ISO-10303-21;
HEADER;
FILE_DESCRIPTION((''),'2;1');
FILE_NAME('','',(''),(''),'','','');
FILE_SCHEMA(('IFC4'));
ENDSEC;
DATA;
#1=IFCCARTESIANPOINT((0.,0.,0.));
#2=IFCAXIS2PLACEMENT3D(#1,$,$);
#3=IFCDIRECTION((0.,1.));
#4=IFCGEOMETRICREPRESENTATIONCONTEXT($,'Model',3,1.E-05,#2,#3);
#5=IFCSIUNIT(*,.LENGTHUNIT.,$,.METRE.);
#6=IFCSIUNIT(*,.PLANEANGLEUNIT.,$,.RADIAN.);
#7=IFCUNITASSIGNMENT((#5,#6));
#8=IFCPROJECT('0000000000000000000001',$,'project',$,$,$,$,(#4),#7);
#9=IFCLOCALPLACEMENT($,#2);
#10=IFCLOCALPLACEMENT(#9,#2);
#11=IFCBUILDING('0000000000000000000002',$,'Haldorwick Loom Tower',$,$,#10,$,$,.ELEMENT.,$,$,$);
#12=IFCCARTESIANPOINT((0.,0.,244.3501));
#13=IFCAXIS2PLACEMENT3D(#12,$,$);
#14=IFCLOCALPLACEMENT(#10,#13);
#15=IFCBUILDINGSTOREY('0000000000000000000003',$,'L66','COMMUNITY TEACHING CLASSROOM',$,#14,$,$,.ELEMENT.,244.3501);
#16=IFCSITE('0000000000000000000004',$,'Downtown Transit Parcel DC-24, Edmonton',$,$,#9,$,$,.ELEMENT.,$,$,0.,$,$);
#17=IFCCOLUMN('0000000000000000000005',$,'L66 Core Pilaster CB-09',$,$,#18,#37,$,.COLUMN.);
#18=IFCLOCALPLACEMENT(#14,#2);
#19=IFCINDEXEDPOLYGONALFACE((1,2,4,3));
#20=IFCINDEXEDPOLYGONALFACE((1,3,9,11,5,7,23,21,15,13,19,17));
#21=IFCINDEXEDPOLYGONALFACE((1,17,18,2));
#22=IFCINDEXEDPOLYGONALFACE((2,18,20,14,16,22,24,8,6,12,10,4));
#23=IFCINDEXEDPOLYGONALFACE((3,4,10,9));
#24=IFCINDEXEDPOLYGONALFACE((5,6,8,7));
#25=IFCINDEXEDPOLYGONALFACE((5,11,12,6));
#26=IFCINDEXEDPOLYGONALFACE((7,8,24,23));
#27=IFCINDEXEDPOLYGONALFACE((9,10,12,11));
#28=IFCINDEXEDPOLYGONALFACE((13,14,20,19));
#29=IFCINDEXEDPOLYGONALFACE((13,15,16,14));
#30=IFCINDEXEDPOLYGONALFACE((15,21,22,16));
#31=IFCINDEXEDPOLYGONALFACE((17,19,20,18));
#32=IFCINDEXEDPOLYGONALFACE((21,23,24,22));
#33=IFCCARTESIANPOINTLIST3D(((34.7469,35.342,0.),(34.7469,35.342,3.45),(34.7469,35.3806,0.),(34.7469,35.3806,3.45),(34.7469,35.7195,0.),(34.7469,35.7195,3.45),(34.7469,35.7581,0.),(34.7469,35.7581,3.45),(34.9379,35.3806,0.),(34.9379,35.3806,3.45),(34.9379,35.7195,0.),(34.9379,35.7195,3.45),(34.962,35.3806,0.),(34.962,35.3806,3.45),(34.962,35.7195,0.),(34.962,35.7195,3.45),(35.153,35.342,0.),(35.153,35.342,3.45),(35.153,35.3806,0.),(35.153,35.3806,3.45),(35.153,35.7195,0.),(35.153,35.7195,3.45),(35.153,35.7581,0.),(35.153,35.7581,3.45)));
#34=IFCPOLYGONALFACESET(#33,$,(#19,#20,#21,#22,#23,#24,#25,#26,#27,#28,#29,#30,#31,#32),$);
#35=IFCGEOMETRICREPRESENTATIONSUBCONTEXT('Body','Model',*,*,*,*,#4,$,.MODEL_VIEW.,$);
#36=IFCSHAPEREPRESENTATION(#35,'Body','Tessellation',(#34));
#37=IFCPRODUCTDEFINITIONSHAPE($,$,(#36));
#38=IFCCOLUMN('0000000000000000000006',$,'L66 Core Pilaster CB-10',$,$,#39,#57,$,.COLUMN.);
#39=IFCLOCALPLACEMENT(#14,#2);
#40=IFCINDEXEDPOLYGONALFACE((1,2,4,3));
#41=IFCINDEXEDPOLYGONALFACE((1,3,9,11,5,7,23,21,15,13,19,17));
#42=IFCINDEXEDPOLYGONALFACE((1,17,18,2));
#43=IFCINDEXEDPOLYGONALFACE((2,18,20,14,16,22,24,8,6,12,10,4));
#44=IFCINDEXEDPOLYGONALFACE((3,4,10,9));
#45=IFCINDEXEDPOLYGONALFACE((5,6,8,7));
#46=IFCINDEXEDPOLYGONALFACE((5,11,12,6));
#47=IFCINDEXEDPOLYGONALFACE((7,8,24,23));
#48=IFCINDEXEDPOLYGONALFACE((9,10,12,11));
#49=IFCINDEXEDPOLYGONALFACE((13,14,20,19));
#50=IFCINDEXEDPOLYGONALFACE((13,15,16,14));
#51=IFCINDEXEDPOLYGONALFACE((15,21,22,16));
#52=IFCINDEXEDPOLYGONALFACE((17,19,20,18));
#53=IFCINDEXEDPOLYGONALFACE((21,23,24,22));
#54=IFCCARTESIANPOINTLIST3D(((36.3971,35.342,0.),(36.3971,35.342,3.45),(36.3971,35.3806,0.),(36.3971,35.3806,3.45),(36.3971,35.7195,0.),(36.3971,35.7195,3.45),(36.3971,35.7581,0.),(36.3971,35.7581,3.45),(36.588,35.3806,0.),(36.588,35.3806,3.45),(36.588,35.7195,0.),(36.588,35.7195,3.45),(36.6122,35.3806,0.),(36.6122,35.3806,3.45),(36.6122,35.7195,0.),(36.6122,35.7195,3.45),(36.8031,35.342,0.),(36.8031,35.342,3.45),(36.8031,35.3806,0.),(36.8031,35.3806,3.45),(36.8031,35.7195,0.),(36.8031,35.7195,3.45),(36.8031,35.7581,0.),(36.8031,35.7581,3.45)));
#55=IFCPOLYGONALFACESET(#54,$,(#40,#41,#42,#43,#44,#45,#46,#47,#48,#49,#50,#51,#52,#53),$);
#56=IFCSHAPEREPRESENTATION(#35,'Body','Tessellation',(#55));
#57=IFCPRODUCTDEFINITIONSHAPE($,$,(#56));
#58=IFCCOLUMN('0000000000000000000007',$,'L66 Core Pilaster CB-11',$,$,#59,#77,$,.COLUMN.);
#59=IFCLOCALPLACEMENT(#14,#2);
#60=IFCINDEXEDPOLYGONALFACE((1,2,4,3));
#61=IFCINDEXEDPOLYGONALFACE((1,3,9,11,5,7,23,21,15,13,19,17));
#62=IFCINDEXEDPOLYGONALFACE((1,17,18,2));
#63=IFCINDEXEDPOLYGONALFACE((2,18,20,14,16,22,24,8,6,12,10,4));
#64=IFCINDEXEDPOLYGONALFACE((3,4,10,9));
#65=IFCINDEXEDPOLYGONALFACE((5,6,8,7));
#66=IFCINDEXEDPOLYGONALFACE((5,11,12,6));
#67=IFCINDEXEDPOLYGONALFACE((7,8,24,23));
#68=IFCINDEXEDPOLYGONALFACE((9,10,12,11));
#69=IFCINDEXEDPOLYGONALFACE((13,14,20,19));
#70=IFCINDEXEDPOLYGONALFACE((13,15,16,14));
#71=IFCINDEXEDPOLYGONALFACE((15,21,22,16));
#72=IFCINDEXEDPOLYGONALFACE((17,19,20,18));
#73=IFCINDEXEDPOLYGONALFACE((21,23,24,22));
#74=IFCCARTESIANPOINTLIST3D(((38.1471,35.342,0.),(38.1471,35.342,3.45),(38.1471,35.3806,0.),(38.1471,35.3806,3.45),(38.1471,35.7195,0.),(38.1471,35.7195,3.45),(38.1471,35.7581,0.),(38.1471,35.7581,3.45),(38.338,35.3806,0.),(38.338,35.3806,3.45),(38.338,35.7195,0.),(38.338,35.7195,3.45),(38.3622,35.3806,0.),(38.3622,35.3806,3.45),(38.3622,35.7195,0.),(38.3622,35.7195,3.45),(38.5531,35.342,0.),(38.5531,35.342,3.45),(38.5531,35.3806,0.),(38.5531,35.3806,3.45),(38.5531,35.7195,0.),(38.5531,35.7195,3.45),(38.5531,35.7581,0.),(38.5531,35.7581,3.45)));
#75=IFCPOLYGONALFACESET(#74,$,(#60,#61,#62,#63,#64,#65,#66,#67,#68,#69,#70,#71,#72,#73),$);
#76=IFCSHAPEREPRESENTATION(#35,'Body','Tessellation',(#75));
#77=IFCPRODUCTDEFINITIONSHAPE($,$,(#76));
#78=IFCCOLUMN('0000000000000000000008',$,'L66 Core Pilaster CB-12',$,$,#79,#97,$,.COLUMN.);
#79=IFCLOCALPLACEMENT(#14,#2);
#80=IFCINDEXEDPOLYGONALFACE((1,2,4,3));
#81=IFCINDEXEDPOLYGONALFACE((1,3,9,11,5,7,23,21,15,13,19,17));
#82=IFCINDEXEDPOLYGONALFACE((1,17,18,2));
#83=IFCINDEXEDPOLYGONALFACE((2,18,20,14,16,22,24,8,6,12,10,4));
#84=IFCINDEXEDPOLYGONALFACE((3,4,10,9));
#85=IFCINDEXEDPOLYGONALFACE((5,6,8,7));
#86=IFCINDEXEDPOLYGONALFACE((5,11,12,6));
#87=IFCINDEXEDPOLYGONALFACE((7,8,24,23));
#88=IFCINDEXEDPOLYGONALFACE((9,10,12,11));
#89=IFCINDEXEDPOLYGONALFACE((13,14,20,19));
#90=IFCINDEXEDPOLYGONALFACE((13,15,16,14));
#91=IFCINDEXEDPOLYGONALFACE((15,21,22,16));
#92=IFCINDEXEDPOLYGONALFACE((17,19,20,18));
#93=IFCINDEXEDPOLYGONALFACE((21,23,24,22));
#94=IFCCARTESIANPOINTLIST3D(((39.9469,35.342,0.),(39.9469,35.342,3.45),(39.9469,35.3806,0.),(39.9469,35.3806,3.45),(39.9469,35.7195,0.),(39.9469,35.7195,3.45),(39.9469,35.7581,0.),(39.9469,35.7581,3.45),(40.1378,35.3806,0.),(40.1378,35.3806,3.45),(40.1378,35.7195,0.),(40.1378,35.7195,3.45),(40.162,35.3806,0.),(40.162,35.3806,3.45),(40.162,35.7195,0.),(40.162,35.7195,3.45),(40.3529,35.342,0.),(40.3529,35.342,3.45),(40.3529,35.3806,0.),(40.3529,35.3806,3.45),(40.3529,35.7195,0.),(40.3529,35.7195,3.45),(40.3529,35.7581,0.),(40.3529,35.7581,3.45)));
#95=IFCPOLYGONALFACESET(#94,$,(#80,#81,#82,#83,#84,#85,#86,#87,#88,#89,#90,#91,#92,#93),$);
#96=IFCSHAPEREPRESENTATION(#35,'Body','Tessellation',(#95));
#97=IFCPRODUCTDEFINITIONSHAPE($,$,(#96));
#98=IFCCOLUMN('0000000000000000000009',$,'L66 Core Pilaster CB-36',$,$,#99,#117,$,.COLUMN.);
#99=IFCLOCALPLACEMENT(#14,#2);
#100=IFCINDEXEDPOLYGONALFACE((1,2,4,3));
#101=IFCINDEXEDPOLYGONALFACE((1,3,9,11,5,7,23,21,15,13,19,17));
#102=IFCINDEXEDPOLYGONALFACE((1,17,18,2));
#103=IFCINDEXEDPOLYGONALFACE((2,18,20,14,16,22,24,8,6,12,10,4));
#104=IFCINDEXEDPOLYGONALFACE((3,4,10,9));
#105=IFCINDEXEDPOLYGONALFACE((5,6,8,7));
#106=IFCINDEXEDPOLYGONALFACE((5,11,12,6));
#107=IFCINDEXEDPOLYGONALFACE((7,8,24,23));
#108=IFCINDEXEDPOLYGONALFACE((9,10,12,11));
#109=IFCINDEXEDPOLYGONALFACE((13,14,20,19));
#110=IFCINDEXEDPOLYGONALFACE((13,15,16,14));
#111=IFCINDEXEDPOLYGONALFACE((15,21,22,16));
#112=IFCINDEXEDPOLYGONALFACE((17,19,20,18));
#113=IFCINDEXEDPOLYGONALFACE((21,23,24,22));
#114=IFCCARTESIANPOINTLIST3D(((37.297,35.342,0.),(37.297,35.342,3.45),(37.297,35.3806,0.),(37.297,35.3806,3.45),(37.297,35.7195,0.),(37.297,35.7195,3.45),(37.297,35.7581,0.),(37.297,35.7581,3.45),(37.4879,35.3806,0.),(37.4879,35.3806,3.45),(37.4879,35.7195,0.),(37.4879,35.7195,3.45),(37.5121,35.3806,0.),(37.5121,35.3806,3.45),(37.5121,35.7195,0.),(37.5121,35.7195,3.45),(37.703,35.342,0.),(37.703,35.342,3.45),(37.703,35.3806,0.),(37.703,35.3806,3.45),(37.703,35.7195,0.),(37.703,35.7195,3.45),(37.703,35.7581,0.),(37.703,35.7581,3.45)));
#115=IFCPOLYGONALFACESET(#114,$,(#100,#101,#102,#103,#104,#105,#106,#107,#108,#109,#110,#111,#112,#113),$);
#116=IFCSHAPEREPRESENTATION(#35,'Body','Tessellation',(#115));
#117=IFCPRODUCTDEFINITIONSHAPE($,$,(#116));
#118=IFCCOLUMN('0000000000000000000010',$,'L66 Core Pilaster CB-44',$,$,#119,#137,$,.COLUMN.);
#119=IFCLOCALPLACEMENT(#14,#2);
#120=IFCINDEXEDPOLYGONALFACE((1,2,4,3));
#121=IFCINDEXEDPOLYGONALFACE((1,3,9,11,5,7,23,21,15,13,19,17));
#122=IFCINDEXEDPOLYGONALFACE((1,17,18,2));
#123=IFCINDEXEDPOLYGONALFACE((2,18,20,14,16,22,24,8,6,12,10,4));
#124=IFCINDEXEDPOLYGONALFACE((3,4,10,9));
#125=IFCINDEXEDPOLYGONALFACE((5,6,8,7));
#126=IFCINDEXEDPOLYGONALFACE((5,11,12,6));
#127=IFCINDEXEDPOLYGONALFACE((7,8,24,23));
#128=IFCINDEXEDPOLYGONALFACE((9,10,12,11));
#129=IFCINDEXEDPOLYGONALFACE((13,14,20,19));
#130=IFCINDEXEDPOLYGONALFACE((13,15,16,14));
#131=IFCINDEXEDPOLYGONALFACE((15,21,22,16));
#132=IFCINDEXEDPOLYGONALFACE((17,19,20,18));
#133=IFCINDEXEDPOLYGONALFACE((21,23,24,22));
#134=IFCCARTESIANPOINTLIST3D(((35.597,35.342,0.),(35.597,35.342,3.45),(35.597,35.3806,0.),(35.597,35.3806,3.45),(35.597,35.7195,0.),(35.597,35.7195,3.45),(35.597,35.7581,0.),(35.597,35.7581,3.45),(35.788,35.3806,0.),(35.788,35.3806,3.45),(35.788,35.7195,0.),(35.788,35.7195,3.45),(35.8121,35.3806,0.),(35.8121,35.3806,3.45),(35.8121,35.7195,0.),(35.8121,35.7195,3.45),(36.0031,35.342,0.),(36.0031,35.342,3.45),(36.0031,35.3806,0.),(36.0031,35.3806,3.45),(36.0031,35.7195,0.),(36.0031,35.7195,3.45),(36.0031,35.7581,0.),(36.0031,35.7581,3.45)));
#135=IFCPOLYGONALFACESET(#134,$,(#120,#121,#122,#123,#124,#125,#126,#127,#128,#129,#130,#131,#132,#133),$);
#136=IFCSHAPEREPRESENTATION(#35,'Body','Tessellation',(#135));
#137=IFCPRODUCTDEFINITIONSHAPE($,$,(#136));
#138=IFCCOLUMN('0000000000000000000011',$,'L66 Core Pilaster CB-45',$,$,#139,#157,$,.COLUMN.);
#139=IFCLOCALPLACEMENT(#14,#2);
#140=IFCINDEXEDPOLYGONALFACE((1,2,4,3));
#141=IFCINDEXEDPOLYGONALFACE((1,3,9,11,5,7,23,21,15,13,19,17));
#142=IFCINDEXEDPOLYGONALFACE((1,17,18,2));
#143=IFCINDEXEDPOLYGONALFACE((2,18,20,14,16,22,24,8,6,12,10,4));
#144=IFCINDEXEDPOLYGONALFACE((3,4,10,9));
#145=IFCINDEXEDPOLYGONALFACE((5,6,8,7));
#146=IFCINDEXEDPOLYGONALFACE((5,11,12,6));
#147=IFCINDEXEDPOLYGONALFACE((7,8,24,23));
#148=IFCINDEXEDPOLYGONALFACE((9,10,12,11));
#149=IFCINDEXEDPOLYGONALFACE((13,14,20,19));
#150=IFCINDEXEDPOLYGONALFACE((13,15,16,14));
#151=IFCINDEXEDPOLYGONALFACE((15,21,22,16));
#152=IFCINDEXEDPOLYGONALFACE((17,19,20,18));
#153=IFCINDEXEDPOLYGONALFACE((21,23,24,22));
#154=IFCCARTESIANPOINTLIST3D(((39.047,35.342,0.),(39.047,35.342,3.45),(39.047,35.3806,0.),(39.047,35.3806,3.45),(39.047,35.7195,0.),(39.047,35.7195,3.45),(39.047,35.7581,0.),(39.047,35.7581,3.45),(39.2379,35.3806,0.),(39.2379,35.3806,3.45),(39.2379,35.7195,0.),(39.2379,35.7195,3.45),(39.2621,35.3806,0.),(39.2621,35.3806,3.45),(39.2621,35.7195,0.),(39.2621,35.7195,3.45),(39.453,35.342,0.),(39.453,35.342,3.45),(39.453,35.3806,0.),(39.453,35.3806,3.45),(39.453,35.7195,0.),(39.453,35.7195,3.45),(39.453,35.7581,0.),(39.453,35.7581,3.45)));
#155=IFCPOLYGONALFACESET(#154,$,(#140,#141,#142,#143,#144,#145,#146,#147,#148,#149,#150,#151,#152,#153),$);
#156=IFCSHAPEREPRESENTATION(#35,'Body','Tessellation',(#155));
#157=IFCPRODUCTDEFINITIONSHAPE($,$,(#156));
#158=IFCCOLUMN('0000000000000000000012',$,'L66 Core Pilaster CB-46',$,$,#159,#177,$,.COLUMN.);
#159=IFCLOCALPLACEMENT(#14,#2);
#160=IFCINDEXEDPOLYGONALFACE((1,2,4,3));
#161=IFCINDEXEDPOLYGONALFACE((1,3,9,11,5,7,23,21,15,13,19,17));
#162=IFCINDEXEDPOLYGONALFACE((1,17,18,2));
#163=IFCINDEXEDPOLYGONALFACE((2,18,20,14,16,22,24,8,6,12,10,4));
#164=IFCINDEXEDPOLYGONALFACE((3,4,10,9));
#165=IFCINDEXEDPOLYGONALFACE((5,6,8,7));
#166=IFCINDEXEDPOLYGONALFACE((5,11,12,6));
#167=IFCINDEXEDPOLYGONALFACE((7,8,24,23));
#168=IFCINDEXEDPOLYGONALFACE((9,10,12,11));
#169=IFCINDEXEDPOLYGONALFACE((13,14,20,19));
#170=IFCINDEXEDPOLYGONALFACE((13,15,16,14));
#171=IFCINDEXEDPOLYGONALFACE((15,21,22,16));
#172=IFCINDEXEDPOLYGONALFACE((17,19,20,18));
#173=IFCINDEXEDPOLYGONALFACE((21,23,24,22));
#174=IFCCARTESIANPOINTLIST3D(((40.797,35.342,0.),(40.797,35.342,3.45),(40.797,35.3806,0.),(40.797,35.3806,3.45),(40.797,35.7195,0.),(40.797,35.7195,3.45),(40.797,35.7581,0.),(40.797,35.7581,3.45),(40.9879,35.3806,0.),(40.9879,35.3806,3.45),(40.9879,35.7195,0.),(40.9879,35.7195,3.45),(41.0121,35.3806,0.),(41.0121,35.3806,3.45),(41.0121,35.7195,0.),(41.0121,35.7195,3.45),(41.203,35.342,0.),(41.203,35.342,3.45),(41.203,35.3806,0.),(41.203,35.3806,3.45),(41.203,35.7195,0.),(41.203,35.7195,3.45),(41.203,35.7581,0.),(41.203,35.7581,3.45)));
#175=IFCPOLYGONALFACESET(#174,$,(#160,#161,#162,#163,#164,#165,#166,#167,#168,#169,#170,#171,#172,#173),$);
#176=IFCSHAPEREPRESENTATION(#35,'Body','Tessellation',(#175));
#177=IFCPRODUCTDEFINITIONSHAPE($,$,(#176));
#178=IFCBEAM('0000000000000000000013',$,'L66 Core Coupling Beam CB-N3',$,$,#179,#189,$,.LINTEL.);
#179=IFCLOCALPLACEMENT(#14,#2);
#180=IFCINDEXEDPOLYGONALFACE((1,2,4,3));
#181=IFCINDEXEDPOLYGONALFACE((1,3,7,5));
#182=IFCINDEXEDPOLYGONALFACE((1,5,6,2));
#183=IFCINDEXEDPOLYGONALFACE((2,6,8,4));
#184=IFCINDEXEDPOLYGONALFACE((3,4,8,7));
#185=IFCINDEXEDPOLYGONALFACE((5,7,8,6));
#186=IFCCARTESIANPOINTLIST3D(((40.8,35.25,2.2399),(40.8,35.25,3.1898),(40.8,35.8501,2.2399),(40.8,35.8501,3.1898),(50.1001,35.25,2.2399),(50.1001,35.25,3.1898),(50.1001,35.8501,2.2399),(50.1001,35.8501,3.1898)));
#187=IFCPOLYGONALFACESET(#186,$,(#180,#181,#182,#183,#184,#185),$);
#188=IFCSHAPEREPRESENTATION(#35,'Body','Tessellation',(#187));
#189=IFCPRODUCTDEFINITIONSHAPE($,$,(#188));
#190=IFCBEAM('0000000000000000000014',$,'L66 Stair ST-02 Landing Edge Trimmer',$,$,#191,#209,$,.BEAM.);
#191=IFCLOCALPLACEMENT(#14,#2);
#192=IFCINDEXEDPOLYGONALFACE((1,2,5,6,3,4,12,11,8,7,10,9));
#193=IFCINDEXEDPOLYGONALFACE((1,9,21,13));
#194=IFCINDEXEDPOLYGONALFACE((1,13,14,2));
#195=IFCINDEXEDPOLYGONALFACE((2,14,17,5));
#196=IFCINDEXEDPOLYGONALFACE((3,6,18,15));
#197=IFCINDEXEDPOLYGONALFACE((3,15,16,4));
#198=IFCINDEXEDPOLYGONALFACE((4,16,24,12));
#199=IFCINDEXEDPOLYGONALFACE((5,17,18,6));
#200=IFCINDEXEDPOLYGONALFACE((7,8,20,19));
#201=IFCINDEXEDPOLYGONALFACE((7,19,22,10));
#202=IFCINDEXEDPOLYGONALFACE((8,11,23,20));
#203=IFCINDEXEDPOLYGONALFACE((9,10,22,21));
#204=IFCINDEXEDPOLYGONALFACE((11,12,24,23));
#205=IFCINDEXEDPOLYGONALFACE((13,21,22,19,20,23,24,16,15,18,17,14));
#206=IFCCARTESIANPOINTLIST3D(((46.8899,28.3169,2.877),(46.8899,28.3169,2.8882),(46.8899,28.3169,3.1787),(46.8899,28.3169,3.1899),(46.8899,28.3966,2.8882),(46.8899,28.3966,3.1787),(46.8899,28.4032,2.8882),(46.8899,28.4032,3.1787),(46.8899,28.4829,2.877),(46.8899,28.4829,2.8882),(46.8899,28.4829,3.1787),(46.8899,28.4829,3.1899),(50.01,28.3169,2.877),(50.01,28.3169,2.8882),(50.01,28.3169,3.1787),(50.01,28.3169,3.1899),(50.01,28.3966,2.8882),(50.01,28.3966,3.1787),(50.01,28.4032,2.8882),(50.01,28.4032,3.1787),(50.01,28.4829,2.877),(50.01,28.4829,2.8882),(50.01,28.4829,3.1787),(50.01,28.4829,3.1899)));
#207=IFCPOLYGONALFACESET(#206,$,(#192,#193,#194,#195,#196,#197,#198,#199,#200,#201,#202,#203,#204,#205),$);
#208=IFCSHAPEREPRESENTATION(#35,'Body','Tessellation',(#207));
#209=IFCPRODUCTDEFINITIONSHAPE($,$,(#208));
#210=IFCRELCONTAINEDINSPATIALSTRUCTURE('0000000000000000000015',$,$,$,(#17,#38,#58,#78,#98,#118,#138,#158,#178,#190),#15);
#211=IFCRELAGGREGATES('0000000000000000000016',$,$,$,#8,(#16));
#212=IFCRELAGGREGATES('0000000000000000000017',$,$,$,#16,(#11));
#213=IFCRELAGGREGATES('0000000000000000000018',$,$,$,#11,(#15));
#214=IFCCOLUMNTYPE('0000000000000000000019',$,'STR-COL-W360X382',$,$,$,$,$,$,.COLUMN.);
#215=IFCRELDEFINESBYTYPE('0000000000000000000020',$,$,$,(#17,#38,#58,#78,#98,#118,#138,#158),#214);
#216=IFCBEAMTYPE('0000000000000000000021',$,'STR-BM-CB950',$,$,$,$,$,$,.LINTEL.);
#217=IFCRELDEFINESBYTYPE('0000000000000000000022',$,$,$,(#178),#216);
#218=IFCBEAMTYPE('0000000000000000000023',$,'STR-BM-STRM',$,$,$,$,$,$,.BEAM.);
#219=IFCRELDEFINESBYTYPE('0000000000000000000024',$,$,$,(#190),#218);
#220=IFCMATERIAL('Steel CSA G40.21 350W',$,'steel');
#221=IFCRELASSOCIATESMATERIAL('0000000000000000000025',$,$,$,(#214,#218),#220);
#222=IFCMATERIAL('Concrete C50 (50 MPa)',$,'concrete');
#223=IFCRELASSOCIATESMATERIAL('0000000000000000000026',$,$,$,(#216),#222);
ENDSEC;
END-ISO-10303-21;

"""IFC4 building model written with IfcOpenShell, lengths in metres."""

from ifc_helpers import new_model, si_unit, direction, frame, origin, origin_2d, place, context, subcontext, project, spatial, rectangle, i_section, extrude, material, material_profile, profile_set, type_object, element, save


model = new_model("IFC4")

# Units and contexts
model_context = context("Model", 3, precision=1e-05, world=origin(), true_north=direction((0.0, 1.0)))
body_context = subcontext(model_context, "Body", "Model", "MODEL_VIEW")
ifc_project = project(units=[si_unit("LENGTHUNIT", "METRE"), si_unit("PLANEANGLEUNIT", "RADIAN")], contexts=[model_context])

# Site, building, storey
site_placement = place(None, origin())
site = spatial("IfcSite", under=ifc_project, at=site_placement, Name="Downtown Transit Parcel DC-24, Edmonton", CompositionType="ELEMENT", RefElevation=0.0)
building_placement = place(site_placement, origin())
building = spatial("IfcBuilding", under=site, at=building_placement, Name="Haldorwick Loom Tower", CompositionType="ELEMENT")
storey_placement = place(building_placement, frame((0.0, 0.0, 244.3501)))
storey = spatial("IfcBuildingStorey", under=building, at=storey_placement, Name="L66", Description="COMMUNITY TEACHING CLASSROOM", CompositionType="ELEMENT", Elevation=244.3501)

# Columns
ifc_material_1 = material(Name="Steel CSA G40.21 350W", Category="steel")
ifc_material_profile_1 = material_profile(ifc_material_1, i_section(OverallWidth=0.406, OverallDepth=0.416, WebThickness=0.0242, FlangeThickness=0.0386, at=origin_2d()), Name="W360X382", Category="steel")
ifc_profile_set_1 = profile_set([ifc_material_profile_1], Name="Steel CSA G40.21 350W")
column_type = type_object("IfcColumnType", Name="STR-COL-W360X382", PredefinedType="COLUMN", material=ifc_profile_set_1)
for number, where, z_axis, x_axis, name in (
    (1, (34.95, 35.55, 0.0), (0.0, 0.0, 1.0), (1.0, 0.0, 0.0), "L66 Core Pilaster CB-09"),
    (2, (36.6001, 35.55, 0.0), (0.0, 0.0, 1.0), (1.0, 0.0, 0.0), "L66 Core Pilaster CB-10"),
    (3, (38.3501, 35.55, 0.0), (0.0, 0.0, 1.0), (1.0, 0.0, 0.0), "L66 Core Pilaster CB-11"),
    (4, (40.1499, 35.55, 0.0), (0.0, 0.0, 1.0), (1.0, 0.0, 0.0), "L66 Core Pilaster CB-12"),
    (5, (37.5, 35.55, 0.0), (0.0, 0.0, 1.0), (1.0, 0.0, 0.0), "L66 Core Pilaster CB-36"),
    (6, (35.8, 35.55, 0.0), (0.0, 0.0, 1.0), (1.0, 0.0, 0.0), "L66 Core Pilaster CB-44"),
    (7, (39.25, 35.55, 0.0), (0.0, 0.0, 1.0), (1.0, 0.0, 0.0), "L66 Core Pilaster CB-45"),
    (8, (41.0, 35.55, 0.0), (0.0, 0.0, 1.0), (1.0, 0.0, 0.0), "L66 Core Pilaster CB-46"),
):
    element("IfcColumn", number, at=place(storey_placement, frame(where, z_axis=z_axis, x_axis=x_axis)), inside=storey, type_object=column_type, Name=name, PredefinedType="COLUMN", context=body_context, shape_type="SweptSolid", body=[
        extrude(i_section(OverallWidth=0.406, OverallDepth=0.416, WebThickness=0.0242, FlangeThickness=0.0386, at=origin_2d()), origin(), (0.0, 0.0, 1.0), 3.45),
    ])

# Beams
ifc_material_2 = material(Name="Concrete C50 (50 MPa)", Category="concrete")
ifc_material_profile_2 = material_profile(ifc_material_2, rectangle(XDim=0.6001, YDim=0.95, at=origin_2d()), Name="RC600X950", Category="concrete")
ifc_profile_set_2 = profile_set([ifc_material_profile_2], Name="Concrete C50 (50 MPa)")
beam_type_1 = type_object("IfcBeamType", Name="STR-BM-CB950", PredefinedType="LINTEL", material=ifc_profile_set_2)
beam_1_placement = place(storey_placement, frame((40.8, 35.55, 2.7148), z_axis=(1.0, 0.0, 0.0), x_axis=(0.0, 1.0, 0.0)))
element("IfcBeam", 9, at=beam_1_placement, inside=storey, type_object=beam_type_1, Name="L66 Core Coupling Beam CB-N3", PredefinedType="LINTEL", context=body_context, shape_type="SweptSolid", body=[
    extrude(rectangle(XDim=0.6001, YDim=0.95, at=origin_2d()), origin(), (0.0, 0.0, 1.0), 9.3),
])
ifc_material_profile_3 = material_profile(ifc_material_1, i_section(OverallWidth=0.166, OverallDepth=0.313, WebThickness=0.0066, FlangeThickness=0.0112, at=origin_2d()), Name="W310X45", Category="steel")
ifc_profile_set_3 = profile_set([ifc_material_profile_3], Name="Steel CSA G40.21 350W")
beam_type_2 = type_object("IfcBeamType", Name="STR-BM-STRM", PredefinedType="BEAM", material=ifc_profile_set_3)
beam_2_placement = place(storey_placement, frame((46.8899, 28.3999, 3.0334), z_axis=(1.0, 0.0, 0.0), x_axis=(0.0, 1.0, 0.0)))
element("IfcBeam", 10, at=beam_2_placement, inside=storey, type_object=beam_type_2, Name="L66 Stair ST-02 Landing Edge Trimmer", PredefinedType="BEAM", context=body_context, shape_type="SweptSolid", body=[
    extrude(i_section(OverallWidth=0.166, OverallDepth=0.313, WebThickness=0.0066, FlangeThickness=0.0112, at=origin_2d()), origin(), (0.0, 0.0, 1.0), 3.1201),
])

save(model, "model.ifc")
